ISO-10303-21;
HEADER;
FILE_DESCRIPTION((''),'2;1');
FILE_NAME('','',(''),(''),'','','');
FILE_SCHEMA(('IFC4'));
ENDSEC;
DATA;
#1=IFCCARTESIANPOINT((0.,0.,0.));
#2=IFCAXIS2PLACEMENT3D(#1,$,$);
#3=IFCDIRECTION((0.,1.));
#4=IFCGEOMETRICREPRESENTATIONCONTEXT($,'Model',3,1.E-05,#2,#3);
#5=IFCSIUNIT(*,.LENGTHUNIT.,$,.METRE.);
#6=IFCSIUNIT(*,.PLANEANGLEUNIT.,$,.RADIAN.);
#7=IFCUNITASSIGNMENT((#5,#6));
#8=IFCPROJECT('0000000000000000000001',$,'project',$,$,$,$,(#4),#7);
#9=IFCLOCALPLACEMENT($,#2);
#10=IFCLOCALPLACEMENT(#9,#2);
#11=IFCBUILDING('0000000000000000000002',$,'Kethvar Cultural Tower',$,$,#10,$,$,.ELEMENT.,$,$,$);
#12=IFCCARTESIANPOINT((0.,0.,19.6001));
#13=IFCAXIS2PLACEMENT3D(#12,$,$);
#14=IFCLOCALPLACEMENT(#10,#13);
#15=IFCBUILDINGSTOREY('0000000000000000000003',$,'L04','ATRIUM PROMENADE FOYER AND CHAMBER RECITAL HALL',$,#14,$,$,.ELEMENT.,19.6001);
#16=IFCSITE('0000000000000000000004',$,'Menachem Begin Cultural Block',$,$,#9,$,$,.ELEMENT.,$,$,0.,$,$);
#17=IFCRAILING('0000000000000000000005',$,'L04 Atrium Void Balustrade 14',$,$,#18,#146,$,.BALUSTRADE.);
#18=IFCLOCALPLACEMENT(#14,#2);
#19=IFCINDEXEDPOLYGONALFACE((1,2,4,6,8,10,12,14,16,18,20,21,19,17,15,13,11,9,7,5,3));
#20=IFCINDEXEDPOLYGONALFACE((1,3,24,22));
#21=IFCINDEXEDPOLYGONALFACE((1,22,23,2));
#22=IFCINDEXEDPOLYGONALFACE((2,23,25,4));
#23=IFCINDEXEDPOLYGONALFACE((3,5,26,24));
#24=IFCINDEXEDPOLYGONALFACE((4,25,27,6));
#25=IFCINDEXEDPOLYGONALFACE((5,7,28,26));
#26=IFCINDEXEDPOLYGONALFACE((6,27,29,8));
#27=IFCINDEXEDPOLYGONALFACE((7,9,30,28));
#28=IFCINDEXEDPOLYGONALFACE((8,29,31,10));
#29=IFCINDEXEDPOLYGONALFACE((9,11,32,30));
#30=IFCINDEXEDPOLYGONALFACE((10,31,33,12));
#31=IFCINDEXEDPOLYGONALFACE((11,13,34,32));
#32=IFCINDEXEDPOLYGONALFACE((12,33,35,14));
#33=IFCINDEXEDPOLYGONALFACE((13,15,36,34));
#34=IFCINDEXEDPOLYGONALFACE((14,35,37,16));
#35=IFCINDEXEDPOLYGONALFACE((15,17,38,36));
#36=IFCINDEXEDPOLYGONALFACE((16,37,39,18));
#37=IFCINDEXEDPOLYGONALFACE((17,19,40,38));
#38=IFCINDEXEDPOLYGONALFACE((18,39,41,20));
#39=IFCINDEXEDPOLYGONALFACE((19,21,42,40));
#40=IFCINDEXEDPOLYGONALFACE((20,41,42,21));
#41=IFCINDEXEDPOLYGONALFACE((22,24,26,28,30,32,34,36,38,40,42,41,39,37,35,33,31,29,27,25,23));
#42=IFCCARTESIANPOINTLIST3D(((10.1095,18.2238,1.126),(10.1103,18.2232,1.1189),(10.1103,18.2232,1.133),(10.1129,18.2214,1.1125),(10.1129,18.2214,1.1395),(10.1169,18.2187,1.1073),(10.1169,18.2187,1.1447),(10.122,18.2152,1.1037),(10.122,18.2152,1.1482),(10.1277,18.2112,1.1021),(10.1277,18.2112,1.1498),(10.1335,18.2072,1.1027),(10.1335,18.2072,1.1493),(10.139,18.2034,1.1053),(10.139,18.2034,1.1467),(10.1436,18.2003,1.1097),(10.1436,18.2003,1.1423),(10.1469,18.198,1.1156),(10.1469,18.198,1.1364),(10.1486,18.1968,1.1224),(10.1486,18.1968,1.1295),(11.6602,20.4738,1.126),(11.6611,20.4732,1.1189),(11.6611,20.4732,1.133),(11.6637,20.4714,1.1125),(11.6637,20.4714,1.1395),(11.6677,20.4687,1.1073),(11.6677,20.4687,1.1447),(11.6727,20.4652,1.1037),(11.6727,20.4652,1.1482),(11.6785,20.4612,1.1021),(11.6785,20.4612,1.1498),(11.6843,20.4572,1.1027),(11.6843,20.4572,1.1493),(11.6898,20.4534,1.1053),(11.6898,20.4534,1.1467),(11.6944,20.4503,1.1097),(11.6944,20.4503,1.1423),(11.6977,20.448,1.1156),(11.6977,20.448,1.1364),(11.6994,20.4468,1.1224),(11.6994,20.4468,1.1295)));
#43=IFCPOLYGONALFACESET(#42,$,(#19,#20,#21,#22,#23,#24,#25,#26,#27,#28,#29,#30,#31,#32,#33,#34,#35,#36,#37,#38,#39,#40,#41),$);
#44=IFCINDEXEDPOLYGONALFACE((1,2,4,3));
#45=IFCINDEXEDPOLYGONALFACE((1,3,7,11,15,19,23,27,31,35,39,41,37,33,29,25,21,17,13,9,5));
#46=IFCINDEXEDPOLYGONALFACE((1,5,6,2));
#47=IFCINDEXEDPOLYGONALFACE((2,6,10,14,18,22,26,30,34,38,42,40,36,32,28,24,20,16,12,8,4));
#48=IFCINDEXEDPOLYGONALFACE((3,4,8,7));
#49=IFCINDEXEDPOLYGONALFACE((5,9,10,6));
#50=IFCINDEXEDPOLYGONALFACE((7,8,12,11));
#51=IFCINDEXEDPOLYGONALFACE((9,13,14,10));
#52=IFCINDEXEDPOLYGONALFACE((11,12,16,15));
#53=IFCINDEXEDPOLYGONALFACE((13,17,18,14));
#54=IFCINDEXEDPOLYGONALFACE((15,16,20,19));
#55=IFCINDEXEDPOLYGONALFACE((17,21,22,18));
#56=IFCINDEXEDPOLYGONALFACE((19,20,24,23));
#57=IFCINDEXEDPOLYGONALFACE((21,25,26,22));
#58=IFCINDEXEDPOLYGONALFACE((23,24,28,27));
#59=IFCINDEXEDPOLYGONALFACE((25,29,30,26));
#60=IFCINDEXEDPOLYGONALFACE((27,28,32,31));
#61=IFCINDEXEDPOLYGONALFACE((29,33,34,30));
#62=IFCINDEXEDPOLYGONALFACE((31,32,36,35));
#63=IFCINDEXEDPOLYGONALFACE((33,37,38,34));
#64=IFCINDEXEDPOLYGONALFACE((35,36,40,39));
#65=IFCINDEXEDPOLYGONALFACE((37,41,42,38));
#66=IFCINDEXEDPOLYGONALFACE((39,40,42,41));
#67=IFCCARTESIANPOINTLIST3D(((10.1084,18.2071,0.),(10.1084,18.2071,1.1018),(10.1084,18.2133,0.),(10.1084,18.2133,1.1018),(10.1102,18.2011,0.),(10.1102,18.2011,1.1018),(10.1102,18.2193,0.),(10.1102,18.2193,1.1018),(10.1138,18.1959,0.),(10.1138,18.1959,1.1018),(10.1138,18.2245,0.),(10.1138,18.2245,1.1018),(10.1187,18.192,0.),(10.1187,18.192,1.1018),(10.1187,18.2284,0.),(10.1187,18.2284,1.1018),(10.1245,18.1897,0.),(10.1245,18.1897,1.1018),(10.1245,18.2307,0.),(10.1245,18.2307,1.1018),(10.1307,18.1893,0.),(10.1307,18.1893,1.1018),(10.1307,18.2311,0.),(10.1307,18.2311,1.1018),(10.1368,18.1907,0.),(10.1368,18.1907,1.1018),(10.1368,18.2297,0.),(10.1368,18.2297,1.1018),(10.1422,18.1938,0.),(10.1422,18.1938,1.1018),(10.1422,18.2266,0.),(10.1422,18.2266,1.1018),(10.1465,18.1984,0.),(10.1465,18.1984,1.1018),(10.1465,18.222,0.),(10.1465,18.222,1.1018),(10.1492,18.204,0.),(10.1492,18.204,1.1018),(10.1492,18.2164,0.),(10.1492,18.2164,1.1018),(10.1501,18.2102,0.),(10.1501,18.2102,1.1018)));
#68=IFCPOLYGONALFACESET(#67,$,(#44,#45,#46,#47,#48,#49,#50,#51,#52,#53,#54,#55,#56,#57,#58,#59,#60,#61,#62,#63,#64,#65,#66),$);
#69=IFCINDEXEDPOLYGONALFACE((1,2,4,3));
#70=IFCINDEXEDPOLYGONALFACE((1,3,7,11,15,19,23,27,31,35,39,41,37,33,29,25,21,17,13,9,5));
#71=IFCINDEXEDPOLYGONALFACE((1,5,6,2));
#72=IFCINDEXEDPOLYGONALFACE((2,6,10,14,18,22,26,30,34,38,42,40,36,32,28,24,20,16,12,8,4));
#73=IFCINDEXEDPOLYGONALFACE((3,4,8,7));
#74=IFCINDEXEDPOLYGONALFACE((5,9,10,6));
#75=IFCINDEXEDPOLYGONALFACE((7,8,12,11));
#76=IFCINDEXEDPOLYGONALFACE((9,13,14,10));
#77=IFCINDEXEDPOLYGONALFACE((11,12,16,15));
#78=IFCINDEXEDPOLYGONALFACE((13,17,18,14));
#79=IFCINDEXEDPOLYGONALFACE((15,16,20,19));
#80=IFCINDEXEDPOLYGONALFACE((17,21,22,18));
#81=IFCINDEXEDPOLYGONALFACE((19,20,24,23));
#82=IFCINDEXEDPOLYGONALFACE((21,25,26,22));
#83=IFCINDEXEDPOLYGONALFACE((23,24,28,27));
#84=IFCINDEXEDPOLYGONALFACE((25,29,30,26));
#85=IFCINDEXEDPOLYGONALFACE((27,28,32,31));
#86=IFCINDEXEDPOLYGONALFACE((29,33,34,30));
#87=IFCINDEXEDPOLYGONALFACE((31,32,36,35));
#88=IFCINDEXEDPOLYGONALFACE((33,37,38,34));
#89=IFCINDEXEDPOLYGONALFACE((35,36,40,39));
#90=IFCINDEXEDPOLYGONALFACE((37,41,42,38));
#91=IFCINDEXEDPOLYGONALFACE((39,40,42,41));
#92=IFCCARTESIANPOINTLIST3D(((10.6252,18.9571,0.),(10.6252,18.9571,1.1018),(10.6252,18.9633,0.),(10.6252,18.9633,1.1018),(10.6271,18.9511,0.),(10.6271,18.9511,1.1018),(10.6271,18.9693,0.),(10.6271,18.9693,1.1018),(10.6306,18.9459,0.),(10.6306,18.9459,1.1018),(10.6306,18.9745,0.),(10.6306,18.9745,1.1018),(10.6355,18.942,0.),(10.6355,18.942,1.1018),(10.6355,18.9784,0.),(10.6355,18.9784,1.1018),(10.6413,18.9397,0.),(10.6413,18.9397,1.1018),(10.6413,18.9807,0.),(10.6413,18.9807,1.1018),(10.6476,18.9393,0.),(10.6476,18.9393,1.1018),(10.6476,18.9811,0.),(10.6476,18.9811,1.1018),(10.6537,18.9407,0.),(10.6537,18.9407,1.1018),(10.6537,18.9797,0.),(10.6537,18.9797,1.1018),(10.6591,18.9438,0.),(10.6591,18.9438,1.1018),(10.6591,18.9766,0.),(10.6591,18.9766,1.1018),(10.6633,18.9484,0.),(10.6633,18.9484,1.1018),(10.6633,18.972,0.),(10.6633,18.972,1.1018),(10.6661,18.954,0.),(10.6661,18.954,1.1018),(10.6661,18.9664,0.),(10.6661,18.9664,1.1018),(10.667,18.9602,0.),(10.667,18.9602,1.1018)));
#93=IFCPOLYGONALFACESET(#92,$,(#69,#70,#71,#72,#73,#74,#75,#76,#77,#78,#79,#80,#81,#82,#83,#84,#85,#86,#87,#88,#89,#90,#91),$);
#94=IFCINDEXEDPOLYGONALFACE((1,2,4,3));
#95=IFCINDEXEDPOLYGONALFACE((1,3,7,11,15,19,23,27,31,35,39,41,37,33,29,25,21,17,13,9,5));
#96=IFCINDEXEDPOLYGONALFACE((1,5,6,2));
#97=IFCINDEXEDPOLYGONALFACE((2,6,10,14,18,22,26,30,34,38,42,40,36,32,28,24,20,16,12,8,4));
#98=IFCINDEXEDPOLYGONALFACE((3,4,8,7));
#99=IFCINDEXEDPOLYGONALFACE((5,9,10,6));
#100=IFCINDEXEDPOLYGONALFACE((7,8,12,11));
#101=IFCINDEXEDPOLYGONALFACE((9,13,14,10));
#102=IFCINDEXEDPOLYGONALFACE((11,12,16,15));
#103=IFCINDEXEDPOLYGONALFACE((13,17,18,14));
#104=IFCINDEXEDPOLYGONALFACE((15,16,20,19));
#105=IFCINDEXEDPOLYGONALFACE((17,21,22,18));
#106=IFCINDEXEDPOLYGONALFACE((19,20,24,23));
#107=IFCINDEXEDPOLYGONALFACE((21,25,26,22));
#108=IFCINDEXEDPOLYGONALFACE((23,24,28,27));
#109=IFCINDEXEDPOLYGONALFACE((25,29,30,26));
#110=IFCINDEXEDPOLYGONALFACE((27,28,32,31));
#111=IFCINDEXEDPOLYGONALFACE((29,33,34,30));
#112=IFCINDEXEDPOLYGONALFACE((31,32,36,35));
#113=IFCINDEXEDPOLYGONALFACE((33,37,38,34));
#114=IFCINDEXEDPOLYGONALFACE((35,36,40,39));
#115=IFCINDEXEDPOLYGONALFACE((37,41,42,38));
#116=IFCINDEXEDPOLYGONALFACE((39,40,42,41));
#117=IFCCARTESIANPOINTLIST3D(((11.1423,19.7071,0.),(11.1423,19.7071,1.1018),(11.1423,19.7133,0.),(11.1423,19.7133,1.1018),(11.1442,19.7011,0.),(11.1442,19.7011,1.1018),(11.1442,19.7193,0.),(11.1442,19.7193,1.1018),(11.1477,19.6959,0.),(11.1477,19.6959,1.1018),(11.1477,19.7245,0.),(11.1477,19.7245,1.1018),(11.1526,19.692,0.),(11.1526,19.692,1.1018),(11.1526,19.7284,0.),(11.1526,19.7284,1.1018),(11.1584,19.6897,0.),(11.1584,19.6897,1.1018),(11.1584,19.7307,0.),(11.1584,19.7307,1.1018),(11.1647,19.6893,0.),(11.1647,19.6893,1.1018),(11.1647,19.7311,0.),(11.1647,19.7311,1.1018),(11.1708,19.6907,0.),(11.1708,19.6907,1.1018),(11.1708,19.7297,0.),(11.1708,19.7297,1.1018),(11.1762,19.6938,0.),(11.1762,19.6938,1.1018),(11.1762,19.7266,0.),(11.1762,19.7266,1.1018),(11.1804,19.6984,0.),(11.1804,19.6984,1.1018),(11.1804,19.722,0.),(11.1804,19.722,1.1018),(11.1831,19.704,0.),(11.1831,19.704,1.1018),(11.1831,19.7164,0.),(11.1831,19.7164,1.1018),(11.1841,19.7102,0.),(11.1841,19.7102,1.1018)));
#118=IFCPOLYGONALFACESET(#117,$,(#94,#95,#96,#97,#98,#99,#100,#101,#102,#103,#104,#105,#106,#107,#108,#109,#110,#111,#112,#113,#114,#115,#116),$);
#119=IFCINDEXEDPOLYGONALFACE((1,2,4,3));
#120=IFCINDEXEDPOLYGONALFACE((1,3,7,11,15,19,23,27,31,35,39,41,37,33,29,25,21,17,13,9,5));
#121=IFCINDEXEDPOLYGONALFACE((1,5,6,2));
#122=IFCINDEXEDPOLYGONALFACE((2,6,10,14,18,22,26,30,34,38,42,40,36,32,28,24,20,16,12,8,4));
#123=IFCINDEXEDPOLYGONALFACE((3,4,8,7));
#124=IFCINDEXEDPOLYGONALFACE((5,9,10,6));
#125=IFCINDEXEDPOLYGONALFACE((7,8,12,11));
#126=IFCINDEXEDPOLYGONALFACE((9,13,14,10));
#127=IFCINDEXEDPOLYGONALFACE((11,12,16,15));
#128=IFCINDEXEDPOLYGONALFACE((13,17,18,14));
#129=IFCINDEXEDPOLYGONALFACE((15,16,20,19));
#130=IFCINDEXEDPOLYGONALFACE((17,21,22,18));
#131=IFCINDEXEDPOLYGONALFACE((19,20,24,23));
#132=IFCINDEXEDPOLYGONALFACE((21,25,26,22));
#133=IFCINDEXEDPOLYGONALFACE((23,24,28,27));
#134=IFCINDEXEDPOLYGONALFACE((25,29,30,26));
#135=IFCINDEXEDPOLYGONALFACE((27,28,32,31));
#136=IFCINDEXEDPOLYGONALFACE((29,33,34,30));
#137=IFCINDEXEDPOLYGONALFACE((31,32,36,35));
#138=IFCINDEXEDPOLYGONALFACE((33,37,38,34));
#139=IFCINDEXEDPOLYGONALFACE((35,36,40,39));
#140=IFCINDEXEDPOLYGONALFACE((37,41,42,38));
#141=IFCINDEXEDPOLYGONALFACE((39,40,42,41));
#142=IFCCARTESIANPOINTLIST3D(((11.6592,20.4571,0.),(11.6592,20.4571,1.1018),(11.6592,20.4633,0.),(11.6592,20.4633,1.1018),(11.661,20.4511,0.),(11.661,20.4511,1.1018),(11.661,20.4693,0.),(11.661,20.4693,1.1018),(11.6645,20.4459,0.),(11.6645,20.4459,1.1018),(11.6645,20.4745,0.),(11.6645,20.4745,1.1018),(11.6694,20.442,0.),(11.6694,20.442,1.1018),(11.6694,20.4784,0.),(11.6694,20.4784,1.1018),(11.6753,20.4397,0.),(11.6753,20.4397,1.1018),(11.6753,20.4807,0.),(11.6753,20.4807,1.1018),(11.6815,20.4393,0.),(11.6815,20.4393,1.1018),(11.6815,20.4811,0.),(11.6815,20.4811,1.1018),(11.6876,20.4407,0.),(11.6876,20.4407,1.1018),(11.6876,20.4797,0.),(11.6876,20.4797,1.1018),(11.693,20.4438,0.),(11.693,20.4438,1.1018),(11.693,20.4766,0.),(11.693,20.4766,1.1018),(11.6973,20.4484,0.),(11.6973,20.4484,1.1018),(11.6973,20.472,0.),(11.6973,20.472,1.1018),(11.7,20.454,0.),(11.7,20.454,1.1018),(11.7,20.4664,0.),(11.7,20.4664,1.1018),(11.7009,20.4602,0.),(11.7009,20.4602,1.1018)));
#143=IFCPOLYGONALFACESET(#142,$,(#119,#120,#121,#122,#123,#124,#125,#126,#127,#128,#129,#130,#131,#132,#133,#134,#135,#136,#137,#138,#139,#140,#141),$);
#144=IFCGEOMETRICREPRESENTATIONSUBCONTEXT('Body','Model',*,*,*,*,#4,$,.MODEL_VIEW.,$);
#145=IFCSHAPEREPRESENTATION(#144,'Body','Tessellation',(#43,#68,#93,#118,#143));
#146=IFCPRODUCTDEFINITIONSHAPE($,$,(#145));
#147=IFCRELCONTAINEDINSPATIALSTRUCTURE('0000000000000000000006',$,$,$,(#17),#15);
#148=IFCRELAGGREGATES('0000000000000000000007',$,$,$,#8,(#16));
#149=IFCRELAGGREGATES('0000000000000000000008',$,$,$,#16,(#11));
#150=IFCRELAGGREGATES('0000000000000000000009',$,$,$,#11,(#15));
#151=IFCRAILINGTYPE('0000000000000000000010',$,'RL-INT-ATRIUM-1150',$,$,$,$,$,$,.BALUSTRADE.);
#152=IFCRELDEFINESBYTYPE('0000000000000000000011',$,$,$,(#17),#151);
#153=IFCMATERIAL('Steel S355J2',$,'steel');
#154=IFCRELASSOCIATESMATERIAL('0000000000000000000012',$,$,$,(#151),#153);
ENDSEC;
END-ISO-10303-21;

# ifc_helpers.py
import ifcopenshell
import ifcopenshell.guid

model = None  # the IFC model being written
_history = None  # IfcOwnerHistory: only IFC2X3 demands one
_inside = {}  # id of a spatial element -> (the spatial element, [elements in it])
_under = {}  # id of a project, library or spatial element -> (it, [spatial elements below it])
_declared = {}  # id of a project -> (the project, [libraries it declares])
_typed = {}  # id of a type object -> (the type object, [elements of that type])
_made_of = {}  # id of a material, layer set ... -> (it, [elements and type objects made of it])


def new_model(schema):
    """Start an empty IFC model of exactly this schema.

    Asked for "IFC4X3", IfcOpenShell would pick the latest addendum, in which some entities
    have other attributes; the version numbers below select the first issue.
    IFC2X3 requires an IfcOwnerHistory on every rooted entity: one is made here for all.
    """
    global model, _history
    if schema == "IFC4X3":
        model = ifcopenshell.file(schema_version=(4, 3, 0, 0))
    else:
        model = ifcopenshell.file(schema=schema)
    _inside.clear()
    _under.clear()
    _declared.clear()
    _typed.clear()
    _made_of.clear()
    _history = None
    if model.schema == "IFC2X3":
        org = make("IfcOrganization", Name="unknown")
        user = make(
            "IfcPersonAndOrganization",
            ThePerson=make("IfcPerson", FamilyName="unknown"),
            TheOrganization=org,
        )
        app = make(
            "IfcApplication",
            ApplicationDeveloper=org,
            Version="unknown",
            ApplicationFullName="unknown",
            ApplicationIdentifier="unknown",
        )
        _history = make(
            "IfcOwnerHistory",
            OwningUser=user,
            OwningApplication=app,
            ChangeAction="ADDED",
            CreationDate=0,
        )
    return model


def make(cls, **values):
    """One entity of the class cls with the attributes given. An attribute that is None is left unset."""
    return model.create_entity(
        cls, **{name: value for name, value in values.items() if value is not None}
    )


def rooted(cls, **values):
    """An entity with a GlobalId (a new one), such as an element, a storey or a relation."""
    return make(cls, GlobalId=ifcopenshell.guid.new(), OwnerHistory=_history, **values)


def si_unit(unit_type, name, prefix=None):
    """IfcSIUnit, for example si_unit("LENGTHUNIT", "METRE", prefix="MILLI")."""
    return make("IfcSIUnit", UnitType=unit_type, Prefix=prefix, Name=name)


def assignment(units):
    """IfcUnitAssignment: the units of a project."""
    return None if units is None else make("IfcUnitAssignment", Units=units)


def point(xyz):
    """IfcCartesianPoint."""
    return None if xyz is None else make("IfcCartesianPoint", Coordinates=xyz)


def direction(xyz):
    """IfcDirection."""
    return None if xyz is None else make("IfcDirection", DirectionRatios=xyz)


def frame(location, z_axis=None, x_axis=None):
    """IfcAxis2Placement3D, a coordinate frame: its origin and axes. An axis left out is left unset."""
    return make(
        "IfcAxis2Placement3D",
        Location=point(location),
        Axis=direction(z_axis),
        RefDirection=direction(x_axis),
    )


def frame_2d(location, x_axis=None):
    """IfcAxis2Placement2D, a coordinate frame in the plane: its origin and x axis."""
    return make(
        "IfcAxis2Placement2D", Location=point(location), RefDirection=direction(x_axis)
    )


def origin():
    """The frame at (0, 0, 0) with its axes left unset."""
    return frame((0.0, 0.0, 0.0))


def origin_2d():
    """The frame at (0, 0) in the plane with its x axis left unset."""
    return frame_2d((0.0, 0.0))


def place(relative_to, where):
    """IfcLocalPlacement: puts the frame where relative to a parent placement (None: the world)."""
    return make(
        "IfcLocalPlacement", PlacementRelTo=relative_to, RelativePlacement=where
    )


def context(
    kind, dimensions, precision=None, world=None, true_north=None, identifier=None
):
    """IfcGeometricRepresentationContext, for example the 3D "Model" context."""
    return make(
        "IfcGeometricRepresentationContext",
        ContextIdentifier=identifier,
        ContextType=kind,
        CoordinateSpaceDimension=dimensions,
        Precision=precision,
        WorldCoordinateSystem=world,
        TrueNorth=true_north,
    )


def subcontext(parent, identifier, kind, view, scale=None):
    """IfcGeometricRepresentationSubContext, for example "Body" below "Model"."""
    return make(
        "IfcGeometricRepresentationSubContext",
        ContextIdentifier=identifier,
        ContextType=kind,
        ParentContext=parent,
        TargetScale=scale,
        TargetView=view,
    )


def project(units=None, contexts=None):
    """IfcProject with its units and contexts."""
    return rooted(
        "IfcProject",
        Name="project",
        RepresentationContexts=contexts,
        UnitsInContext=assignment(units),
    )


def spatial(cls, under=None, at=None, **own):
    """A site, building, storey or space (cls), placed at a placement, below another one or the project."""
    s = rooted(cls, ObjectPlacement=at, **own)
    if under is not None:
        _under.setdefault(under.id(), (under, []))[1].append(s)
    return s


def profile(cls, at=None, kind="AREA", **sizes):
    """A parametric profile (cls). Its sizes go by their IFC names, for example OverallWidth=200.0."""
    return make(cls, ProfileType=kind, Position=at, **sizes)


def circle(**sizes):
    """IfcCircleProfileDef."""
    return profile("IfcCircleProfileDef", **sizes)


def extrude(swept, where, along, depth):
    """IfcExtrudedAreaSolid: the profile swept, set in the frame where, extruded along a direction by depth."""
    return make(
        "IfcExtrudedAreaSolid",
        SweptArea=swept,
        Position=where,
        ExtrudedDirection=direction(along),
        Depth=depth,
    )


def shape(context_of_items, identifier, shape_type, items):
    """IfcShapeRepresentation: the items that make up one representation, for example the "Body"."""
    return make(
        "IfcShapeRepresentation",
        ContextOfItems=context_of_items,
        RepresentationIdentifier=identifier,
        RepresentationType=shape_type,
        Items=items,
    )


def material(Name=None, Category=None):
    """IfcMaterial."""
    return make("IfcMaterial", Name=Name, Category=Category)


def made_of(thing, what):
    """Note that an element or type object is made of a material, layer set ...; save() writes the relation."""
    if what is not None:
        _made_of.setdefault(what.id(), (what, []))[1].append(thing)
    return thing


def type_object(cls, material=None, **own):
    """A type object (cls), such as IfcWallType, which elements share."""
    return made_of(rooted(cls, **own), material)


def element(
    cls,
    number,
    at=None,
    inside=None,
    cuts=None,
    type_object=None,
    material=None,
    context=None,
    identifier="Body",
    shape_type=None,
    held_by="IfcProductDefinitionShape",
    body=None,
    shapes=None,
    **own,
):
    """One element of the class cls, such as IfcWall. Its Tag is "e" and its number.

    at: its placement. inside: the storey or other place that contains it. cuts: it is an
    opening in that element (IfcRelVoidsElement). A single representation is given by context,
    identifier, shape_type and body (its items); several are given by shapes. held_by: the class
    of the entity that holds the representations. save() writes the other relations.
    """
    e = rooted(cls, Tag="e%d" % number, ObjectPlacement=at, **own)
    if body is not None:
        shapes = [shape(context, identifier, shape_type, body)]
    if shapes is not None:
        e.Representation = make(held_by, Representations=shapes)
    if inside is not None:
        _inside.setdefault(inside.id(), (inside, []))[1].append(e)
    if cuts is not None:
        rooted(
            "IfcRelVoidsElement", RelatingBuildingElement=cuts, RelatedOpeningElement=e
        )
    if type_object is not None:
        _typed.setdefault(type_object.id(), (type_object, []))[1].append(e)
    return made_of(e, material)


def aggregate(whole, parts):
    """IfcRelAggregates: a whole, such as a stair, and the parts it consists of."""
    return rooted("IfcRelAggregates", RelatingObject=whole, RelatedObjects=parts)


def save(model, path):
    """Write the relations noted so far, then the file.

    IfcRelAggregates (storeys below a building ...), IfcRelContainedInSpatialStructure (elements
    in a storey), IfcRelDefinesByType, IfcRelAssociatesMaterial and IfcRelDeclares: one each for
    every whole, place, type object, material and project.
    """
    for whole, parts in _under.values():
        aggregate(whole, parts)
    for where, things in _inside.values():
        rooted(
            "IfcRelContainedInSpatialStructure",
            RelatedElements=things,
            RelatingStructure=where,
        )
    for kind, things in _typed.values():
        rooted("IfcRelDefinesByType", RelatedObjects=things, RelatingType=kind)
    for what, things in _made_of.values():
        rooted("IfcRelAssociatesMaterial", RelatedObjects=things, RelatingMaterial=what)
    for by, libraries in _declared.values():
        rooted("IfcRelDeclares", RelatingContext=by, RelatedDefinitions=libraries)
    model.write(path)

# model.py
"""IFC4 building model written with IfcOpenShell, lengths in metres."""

from ifc_helpers import new_model, si_unit, direction, frame, origin, origin_2d, place, context, subcontext, project, spatial, circle, extrude, material, type_object, element, save


model = new_model("IFC4")

# Units and contexts
model_context = context("Model", 3, precision=1e-05, world=origin(), true_north=direction((0.0, 1.0)))
body_context = subcontext(model_context, "Body", "Model", "MODEL_VIEW")
ifc_project = project(units=[si_unit("LENGTHUNIT", "METRE"), si_unit("PLANEANGLEUNIT", "RADIAN")], contexts=[model_context])

# Site, building, storey
site_placement = place(None, origin())
site = spatial("IfcSite", under=ifc_project, at=site_placement, Name="Menachem Begin Cultural Block", CompositionType="ELEMENT", RefElevation=0.0)
building_placement = place(site_placement, origin())
building = spatial("IfcBuilding", under=site, at=building_placement, Name="Kethvar Cultural Tower", CompositionType="ELEMENT")
storey_placement = place(building_placement, frame((0.0, 0.0, 19.6001)))
storey = spatial("IfcBuildingStorey", under=building, at=storey_placement, Name="L04", Description="ATRIUM PROMENADE FOYER AND CHAMBER RECITAL HALL", CompositionType="ELEMENT", Elevation=19.6001)

# Shared definitions
ifc_material_1 = material(Name="Steel S355J2", Category="steel")

# Railing
railing_type = type_object("IfcRailingType", Name="RL-INT-ATRIUM-1150", PredefinedType="BALUSTRADE", material=ifc_material_1)
railing_1_placement = place(storey_placement, frame((10.1292, 18.2102, 0.0)))
element("IfcRailing", 1, at=railing_1_placement, inside=storey, type_object=railing_type, Name="L04 Atrium Void Balustrade 14", PredefinedType="BALUSTRADE", context=body_context, shape_type="SweptSolid", body=[
    extrude(circle(Radius=0.0239, at=origin_2d()), frame((0.0, 0.0, 1.126), z_axis=(0.567499, 0.823374, 0.0), x_axis=(-0.823374, 0.567499, 0.0)), (0.0, 0.0, 1.0), 2.7327),
    extrude(circle(Radius=0.021, at=origin_2d()), origin(), (0.0, 0.0, 1.0), 1.1018),
    extrude(circle(Radius=0.021, at=origin_2d()), frame((0.5168, 0.75, 0.0)), (0.0, 0.0, 1.0), 1.1018),
    extrude(circle(Radius=0.021, at=origin_2d()), frame((1.0339, 1.5, 0.0)), (0.0, 0.0, 1.0), 1.1018),
    extrude(circle(Radius=0.021, at=origin_2d()), frame((1.5508, 2.25, 0.0)), (0.0, 0.0, 1.0), 1.1018),
])

save(model, "model.ifc")
